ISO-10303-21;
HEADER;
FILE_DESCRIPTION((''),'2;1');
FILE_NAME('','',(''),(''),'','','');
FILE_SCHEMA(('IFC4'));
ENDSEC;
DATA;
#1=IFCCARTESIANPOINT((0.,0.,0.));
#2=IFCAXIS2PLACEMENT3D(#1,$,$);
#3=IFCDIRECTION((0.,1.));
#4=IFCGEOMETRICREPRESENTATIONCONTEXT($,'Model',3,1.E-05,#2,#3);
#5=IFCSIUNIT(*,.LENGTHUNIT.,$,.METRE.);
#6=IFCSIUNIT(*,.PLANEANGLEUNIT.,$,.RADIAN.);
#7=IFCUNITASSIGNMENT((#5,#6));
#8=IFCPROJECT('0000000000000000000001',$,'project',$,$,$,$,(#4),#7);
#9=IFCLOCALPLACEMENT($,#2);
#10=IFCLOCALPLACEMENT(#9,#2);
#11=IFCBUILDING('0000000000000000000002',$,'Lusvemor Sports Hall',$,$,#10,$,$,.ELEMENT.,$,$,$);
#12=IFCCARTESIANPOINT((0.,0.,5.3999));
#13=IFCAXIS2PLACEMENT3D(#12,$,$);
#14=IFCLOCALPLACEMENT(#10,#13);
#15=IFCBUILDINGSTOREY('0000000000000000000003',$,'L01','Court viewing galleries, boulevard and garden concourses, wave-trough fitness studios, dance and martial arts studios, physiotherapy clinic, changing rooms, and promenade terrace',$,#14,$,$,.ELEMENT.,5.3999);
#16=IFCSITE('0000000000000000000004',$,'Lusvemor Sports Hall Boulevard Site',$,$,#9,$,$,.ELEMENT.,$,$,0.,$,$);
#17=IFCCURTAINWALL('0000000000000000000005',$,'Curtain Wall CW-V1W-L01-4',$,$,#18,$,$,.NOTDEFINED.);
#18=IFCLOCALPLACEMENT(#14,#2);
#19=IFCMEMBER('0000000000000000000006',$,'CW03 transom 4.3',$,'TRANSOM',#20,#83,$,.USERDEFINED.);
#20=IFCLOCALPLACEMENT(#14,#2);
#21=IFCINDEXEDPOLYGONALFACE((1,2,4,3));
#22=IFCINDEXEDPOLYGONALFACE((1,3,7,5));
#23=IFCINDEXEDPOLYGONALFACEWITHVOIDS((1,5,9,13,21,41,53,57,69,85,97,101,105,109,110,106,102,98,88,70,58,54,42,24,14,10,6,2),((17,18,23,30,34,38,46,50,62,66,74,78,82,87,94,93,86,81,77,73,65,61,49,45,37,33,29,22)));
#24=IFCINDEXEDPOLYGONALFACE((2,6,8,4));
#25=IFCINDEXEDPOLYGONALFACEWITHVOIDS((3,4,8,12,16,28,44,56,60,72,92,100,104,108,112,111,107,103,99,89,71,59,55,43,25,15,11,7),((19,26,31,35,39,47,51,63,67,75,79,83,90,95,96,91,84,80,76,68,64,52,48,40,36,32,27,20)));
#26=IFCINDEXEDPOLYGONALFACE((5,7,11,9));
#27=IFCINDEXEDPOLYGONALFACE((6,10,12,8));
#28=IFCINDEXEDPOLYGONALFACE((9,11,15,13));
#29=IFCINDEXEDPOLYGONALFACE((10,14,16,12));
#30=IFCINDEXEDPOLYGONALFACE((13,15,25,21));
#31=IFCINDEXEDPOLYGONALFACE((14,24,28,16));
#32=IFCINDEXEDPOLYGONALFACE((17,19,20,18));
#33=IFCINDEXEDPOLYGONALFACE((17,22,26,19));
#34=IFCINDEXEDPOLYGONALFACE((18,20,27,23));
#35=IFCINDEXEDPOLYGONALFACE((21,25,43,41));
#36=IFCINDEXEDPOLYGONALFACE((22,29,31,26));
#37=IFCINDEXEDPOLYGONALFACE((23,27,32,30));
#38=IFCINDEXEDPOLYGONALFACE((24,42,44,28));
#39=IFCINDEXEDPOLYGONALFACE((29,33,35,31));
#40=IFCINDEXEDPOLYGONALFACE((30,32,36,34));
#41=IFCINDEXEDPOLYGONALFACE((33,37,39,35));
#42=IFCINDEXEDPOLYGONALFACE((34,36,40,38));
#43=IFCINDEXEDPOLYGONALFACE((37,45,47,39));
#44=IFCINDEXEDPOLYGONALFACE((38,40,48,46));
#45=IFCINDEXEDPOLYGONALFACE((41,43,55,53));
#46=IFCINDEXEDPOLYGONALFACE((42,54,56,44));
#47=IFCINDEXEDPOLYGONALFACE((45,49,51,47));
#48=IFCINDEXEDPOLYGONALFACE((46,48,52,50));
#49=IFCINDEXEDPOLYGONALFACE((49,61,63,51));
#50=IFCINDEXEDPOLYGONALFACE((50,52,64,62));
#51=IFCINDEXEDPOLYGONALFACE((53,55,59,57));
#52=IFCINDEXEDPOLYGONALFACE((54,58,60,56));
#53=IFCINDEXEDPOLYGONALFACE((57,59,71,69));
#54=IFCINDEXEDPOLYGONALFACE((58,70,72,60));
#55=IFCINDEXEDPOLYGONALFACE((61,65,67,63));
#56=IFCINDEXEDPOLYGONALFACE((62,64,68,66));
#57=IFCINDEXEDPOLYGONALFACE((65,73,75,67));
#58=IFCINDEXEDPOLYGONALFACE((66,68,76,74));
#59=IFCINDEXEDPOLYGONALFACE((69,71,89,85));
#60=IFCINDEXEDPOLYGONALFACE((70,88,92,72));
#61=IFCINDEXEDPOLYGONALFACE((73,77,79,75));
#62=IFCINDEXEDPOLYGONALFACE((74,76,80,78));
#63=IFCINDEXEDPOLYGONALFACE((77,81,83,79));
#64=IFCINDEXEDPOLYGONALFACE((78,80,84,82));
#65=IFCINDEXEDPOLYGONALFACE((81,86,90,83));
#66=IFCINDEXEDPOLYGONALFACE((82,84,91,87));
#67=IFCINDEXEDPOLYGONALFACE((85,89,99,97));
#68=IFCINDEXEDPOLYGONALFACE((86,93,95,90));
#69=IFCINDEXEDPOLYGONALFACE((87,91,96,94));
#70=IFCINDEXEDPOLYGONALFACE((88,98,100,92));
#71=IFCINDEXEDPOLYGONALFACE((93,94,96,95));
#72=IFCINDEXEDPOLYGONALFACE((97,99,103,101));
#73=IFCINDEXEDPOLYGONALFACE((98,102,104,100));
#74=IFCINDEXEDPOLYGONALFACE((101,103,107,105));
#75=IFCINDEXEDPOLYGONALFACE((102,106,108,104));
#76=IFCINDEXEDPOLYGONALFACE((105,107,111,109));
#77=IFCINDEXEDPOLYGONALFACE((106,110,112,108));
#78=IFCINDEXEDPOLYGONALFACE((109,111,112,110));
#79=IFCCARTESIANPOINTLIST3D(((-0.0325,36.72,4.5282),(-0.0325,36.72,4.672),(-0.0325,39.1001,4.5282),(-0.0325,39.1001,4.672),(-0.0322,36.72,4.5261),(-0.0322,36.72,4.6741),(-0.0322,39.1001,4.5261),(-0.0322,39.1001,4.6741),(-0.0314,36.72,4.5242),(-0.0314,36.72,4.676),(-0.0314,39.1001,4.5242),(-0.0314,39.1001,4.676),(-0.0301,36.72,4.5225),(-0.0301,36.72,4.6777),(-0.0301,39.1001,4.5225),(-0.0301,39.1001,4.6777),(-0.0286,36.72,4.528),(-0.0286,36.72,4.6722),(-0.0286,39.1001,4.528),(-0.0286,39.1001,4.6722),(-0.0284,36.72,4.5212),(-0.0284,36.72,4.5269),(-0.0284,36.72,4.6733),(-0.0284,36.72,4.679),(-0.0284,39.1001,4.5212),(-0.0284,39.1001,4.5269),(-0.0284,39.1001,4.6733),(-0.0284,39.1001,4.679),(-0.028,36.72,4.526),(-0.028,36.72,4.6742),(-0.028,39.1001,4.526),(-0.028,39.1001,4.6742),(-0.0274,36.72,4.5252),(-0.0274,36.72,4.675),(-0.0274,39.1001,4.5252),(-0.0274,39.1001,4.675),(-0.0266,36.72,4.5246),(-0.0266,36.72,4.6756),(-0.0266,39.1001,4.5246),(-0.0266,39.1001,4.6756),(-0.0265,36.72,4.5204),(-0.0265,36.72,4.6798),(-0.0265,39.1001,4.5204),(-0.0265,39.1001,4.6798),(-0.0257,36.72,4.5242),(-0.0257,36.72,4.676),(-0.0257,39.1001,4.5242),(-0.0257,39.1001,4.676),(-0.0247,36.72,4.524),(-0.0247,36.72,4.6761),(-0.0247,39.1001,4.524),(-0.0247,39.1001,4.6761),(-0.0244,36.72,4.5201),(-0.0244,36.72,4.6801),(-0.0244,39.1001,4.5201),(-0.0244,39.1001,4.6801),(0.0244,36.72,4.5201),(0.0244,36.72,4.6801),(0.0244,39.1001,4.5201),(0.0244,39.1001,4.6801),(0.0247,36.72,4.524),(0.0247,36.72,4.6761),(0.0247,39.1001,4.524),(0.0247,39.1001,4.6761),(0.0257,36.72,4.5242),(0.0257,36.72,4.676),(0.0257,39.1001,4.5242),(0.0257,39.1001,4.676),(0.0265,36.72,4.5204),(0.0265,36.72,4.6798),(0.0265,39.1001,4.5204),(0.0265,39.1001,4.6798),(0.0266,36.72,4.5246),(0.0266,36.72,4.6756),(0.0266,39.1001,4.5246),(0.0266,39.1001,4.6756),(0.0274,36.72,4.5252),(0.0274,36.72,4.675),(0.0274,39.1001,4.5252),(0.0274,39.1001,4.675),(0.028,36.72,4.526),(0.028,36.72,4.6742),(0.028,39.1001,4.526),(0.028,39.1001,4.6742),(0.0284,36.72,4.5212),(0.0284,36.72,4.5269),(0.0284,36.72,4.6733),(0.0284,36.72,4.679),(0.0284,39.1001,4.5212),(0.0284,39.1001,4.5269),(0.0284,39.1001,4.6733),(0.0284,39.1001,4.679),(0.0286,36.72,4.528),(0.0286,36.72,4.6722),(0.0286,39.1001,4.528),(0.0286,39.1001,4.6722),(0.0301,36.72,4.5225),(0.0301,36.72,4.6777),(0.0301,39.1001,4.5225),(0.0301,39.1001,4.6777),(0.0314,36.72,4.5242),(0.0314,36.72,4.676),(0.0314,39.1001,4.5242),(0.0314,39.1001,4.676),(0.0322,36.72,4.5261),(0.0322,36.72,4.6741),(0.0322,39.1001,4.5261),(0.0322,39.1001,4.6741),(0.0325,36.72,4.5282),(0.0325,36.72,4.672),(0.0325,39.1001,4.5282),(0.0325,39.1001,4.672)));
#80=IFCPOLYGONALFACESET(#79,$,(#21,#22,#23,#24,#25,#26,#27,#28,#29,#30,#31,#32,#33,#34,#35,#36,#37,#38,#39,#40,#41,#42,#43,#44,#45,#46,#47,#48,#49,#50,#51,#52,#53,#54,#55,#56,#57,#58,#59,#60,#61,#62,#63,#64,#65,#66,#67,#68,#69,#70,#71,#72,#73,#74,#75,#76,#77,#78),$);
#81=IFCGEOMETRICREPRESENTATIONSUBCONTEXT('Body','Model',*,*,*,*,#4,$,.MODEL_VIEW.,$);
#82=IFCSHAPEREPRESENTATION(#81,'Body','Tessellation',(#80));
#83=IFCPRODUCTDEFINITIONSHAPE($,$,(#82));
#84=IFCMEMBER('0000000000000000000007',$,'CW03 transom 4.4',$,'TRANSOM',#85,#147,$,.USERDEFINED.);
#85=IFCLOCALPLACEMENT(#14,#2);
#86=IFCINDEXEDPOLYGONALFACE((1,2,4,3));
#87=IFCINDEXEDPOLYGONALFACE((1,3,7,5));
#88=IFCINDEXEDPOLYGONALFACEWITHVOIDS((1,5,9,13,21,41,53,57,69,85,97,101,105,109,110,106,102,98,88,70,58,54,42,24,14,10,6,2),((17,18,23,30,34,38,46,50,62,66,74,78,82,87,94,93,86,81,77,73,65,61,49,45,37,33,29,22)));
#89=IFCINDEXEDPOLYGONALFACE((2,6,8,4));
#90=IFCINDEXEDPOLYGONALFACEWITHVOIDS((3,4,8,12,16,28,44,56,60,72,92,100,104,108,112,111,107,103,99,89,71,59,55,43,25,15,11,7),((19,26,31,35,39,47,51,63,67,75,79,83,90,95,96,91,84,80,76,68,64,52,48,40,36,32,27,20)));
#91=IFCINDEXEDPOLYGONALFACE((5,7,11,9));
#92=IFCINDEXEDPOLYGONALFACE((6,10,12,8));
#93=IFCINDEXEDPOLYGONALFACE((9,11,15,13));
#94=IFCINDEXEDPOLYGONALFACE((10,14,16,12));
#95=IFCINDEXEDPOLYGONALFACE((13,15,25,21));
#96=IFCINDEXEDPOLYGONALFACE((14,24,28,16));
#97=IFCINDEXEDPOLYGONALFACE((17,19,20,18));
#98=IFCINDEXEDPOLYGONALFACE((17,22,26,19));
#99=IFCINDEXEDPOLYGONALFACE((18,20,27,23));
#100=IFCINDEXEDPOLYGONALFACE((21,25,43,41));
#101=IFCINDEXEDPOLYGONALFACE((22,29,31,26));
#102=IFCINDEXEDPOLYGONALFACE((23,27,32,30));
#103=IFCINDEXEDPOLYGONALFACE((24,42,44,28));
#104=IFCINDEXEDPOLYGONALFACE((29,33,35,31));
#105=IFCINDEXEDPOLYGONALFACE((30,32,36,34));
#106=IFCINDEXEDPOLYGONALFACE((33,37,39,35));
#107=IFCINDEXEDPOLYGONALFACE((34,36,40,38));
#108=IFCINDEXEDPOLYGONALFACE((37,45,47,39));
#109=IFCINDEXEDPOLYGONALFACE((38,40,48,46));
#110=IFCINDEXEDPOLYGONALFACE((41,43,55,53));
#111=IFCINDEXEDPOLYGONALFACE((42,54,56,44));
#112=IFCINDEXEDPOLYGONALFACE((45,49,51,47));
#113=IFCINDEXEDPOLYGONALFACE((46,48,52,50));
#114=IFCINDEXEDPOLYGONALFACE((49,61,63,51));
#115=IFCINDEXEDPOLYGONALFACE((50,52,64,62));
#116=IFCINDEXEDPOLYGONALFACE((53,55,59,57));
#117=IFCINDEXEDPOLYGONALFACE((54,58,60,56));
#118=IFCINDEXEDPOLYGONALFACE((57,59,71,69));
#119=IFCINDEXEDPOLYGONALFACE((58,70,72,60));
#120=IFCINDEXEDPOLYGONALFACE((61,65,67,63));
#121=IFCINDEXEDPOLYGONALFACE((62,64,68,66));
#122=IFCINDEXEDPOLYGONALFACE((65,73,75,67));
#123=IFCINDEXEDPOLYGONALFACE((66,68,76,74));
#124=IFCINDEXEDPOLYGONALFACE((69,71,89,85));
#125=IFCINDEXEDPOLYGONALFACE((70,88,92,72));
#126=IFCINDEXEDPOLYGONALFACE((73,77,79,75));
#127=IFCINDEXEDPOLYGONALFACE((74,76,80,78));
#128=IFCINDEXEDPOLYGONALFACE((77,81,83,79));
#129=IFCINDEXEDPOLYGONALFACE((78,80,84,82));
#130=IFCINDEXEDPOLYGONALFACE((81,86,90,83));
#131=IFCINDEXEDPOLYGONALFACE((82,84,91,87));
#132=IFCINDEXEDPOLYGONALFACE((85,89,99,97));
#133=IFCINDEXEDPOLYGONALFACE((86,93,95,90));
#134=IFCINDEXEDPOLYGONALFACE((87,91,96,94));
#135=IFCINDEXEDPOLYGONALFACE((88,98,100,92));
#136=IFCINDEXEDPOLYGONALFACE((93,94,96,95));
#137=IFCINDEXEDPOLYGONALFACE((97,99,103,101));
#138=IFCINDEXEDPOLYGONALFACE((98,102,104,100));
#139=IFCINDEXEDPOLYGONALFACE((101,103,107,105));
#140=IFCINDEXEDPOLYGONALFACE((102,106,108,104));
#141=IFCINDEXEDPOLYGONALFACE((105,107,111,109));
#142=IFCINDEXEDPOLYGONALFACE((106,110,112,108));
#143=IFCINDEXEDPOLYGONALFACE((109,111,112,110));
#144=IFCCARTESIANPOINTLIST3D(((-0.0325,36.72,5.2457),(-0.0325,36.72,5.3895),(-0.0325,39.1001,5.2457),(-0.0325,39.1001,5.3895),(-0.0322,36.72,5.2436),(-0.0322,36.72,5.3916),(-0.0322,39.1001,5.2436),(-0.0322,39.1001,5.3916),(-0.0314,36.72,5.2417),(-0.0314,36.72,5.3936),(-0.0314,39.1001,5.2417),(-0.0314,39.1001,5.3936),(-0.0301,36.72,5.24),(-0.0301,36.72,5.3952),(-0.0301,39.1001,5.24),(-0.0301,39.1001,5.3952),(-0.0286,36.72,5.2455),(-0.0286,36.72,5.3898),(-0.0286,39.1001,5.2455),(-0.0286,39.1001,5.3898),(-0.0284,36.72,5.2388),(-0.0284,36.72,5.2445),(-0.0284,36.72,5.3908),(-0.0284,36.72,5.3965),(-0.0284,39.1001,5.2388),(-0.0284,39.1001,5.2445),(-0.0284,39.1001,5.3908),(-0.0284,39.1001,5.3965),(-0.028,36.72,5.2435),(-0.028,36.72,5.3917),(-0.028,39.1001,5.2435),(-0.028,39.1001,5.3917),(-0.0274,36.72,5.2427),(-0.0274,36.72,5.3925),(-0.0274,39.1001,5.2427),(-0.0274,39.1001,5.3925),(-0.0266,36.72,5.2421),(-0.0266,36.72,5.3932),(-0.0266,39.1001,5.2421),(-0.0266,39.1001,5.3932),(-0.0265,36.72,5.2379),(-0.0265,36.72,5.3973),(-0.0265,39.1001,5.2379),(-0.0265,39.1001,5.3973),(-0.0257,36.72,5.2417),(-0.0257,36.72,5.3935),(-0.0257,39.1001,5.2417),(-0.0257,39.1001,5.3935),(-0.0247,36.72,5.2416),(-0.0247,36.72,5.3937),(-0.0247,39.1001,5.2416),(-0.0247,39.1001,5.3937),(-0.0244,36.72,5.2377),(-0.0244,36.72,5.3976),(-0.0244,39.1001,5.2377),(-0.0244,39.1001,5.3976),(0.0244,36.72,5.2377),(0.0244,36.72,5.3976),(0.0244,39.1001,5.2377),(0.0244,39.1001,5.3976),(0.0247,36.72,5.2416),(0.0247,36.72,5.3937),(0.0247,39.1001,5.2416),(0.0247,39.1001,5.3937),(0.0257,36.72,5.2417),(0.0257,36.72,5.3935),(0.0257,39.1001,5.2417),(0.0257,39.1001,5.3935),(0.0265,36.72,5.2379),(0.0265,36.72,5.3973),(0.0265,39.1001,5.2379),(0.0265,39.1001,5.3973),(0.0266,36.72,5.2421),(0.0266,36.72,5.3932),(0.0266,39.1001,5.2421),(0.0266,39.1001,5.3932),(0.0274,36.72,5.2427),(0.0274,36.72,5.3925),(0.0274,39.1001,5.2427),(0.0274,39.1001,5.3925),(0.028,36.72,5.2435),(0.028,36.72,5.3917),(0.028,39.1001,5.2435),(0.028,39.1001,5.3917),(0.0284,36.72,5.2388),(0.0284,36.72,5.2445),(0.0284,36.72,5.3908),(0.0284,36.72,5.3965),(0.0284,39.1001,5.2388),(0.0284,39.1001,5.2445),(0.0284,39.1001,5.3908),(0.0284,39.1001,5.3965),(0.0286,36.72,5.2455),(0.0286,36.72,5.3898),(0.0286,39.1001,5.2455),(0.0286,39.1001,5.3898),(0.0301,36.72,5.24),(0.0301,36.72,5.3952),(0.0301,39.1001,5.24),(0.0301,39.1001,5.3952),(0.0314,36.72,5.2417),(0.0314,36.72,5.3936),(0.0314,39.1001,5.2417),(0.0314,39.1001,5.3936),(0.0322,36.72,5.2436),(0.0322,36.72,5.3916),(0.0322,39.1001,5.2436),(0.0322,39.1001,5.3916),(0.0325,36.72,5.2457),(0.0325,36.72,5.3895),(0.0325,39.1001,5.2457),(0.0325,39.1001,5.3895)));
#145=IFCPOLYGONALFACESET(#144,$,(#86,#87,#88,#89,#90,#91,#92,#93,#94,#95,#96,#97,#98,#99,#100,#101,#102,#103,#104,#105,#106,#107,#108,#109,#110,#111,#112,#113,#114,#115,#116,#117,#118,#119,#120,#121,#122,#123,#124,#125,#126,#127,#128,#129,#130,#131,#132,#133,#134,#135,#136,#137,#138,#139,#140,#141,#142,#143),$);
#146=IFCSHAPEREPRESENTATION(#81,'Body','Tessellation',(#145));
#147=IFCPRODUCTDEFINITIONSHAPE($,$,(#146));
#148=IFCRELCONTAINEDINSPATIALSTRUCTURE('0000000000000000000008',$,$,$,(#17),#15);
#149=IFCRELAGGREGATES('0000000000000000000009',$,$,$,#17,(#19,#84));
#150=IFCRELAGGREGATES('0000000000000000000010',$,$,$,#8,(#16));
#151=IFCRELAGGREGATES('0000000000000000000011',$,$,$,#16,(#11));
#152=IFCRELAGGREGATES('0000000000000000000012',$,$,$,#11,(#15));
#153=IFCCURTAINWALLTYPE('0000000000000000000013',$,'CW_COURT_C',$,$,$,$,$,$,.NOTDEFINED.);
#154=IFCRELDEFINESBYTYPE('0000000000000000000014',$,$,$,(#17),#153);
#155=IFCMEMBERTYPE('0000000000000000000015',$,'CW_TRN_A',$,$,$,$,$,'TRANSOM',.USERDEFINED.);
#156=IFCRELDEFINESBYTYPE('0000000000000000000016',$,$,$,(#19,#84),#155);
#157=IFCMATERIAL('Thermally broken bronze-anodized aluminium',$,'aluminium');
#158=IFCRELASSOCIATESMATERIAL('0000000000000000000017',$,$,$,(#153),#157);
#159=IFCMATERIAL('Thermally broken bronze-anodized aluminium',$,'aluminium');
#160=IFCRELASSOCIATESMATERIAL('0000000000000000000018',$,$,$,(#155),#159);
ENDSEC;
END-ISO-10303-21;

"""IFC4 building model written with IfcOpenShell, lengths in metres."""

from ifc_helpers import new_model, si_unit, direction, frame, origin, origin_2d, place, context, subcontext, project, spatial, hollow_rectangle, extrude, material, material_profile, profile_set, type_object, element, aggregate, save


model = new_model("IFC4")

# Units and contexts
model_context = context("Model", 3, precision=1e-05, world=origin(), true_north=direction((0.0, 1.0)))
body_context = subcontext(model_context, "Body", "Model", "MODEL_VIEW")
ifc_project = project(units=[si_unit("LENGTHUNIT", "METRE"), si_unit("PLANEANGLEUNIT", "RADIAN")], contexts=[model_context])

# Site, building, storey
site_placement = place(None, origin())
site = spatial("IfcSite", under=ifc_project, at=site_placement, Name="Lusvemor Sports Hall Boulevard Site", CompositionType="ELEMENT", RefElevation=0.0)
building_placement = place(site_placement, origin())
building = spatial("IfcBuilding", under=site, at=building_placement, Name="Lusvemor Sports Hall", CompositionType="ELEMENT")
storey_placement = place(building_placement, frame((0.0, 0.0, 5.3999)))
storey = spatial("IfcBuildingStorey", under=building, at=storey_placement, Name="L01", Description="Court viewing galleries, boulevard and garden concourses, wave-trough fitness studios, dance and martial arts studios, physiotherapy clinic, changing rooms, and promenade terrace", CompositionType="ELEMENT", Elevation=5.3999)

# Curtain wall
ifc_material_1 = material(Name="Thermally broken bronze-anodized aluminium", Category="aluminium")
curtain_wall_type = type_object("IfcCurtainWallType", Name="CW_COURT_C", PredefinedType="NOTDEFINED", material=ifc_material_1)
curtain_wall_1_placement = place(storey_placement, origin())
curtain_wall_1 = element("IfcCurtainWall", 1, at=curtain_wall_1_placement, inside=storey, type_object=curtain_wall_type, Name="Curtain Wall CW-V1W-L01-4", PredefinedType="NOTDEFINED")

# Members
ifc_material_2 = material(Name="Thermally broken bronze-anodized aluminium", Category="aluminium")
ifc_material_profile_1 = material_profile(ifc_material_2, hollow_rectangle(XDim=0.0649, YDim=0.1599, WallThickness=0.0039, InnerFilletRadius=0.0039, OuterFilletRadius=0.0081, at=origin_2d()), Name="CWTRN160x65x4")
ifc_profile_set_1 = profile_set([ifc_material_profile_1], Name="Thermally broken bronze-anodized aluminium")
member_type_1 = type_object("IfcMemberType", Name="CW_TRN_A", ElementType="TRANSOM", PredefinedType="USERDEFINED", material=ifc_profile_set_1)
member_1_placement = place(storey_placement, frame((0.0, 36.72, 4.6001), z_axis=(0.0, 1.0, 0.0), x_axis=(-1.0, 0.0, 0.0)))
member_1 = element("IfcMember", 2, at=member_1_placement, type_object=member_type_1, Name="CW03 transom 4.3", ObjectType="TRANSOM", PredefinedType="USERDEFINED", context=body_context, shape_type="SweptSolid", body=[
    extrude(hollow_rectangle(XDim=0.0649, YDim=0.1599, WallThickness=0.0039, InnerFilletRadius=0.0039, OuterFilletRadius=0.0081, at=origin_2d()), origin(), (0.0, 0.0, 1.0), 2.3801),
])
member_2_placement = place(storey_placement, frame((0.0, 36.72, 5.3176), z_axis=(0.0, 1.0, 0.0), x_axis=(-1.0, 0.0, 0.0)))
member_2 = element("IfcMember", 3, at=member_2_placement, type_object=member_type_1, Name="CW03 transom 4.4", ObjectType="TRANSOM", PredefinedType="USERDEFINED", context=body_context, shape_type="SweptSolid", body=[
    extrude(hollow_rectangle(XDim=0.0649, YDim=0.1599, WallThickness=0.0039, InnerFilletRadius=0.0039, OuterFilletRadius=0.0081, at=origin_2d()), origin(), (0.0, 0.0, 1.0), 2.3801),
])

aggregate(curtain_wall_1, [member_1, member_2])

save(model, "model.ifc")
